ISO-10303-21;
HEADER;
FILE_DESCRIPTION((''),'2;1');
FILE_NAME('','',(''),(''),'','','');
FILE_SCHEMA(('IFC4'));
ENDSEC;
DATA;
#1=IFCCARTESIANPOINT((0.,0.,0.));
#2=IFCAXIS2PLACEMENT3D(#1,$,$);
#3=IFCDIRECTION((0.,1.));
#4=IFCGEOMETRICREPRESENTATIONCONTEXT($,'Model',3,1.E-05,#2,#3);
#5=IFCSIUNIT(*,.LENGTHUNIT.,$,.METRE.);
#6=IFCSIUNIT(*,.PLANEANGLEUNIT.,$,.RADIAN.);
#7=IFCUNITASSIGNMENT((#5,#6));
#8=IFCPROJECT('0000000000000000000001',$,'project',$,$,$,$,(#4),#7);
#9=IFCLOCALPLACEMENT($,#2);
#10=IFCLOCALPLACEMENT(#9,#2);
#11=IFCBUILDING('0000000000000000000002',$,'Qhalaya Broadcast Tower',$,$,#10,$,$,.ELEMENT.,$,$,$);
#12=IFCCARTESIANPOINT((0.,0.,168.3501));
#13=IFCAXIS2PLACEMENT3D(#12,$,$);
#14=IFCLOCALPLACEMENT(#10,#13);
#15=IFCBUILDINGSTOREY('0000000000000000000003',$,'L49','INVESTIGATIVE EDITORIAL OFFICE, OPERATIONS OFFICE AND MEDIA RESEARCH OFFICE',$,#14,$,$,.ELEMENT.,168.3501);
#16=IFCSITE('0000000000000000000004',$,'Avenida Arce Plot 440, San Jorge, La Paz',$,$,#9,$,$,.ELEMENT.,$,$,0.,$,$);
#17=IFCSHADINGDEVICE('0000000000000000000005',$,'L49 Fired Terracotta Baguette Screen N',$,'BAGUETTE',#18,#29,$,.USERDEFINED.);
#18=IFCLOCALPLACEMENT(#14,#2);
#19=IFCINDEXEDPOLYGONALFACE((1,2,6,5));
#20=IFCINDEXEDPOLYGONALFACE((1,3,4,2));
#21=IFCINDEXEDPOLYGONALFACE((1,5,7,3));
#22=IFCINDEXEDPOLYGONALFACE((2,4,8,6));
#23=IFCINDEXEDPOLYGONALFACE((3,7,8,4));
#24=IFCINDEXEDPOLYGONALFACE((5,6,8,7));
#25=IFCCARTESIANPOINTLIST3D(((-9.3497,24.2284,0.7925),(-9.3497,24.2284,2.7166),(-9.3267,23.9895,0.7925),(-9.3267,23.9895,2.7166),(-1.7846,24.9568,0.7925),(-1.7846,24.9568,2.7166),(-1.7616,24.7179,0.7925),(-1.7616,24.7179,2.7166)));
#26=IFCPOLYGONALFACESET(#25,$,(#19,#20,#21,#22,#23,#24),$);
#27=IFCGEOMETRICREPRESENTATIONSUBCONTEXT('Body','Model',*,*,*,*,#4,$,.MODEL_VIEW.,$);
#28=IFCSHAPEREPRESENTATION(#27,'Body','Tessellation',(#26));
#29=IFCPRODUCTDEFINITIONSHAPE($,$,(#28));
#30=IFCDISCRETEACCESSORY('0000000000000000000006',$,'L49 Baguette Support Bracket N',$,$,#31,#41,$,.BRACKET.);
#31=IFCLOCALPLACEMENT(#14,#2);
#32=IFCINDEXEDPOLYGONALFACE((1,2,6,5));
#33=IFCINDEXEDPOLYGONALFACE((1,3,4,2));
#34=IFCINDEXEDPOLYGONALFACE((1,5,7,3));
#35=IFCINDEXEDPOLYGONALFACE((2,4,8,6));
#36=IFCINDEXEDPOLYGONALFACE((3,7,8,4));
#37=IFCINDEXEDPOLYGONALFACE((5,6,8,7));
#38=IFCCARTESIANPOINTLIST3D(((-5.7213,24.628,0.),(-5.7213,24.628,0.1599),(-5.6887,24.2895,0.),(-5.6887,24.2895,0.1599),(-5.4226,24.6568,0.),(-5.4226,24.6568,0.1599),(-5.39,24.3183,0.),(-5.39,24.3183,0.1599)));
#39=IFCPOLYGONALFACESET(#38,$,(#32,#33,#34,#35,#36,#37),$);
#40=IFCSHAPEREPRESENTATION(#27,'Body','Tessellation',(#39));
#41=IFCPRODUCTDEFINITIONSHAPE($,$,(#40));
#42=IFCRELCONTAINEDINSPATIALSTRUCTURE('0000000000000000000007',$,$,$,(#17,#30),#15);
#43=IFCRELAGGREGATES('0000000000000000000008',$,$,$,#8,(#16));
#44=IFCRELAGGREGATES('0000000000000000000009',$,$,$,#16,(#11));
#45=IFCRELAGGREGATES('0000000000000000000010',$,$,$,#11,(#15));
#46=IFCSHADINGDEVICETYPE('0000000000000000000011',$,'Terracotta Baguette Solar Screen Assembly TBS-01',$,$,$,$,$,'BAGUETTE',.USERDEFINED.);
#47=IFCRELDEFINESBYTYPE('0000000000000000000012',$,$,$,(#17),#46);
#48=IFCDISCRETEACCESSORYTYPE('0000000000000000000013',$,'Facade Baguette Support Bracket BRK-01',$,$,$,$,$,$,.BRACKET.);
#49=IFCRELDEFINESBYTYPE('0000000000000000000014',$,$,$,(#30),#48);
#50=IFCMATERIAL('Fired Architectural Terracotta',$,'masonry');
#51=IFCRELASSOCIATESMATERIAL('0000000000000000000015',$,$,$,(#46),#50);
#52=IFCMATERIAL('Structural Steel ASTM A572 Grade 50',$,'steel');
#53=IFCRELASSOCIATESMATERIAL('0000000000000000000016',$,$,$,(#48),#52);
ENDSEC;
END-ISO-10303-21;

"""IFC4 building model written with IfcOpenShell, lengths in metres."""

from ifc_helpers import new_model, si_unit, direction, frame, origin, origin_2d, place, context, subcontext, project, spatial, rectangle, extrude, material, type_object, element, save


model = new_model("IFC4")

# Units and contexts
model_context = context("Model", 3, precision=1e-05, world=origin(), true_north=direction((0.0, 1.0)))
body_context = subcontext(model_context, "Body", "Model", "MODEL_VIEW")
ifc_project = project(units=[si_unit("LENGTHUNIT", "METRE"), si_unit("PLANEANGLEUNIT", "RADIAN")], contexts=[model_context])

# Site, building, storey
site_placement = place(None, origin())
site = spatial("IfcSite", under=ifc_project, at=site_placement, Name="Avenida Arce Plot 440, San Jorge, La Paz", CompositionType="ELEMENT", RefElevation=0.0)
building_placement = place(site_placement, origin())
building = spatial("IfcBuilding", under=site, at=building_placement, Name="Qhalaya Broadcast Tower", CompositionType="ELEMENT")
storey_placement = place(building_placement, frame((0.0, 0.0, 168.3501)))
storey = spatial("IfcBuildingStorey", under=building, at=storey_placement, Name="L49", Description="INVESTIGATIVE EDITORIAL OFFICE, OPERATIONS OFFICE AND MEDIA RESEARCH OFFICE", CompositionType="ELEMENT", Elevation=168.3501)

# Shared definitions
ifc_material_1 = material(Name="Structural Steel ASTM A572 Grade 50", Category="steel")

# Shared definitions
ifc_material_2 = material(Name="Fired Architectural Terracotta", Category="masonry")

# Shading device
shading_device_type = type_object("IfcShadingDeviceType", Name="Terracotta Baguette Solar Screen Assembly TBS-01", ElementType="BAGUETTE", PredefinedType="USERDEFINED", material=ifc_material_2)
shading_device_placement = place(storey_placement, frame((-5.5557, 24.4731, 0.7925), z_axis=(0.0, 0.0, 1.0), x_axis=(-0.995396, -0.095846, 0.0)))
element("IfcShadingDevice", 1, at=shading_device_placement, inside=storey, type_object=shading_device_type, Name="L49 Fired Terracotta Baguette Screen N", ObjectType="BAGUETTE", PredefinedType="USERDEFINED", context=body_context, shape_type="SweptSolid", body=[
    extrude(rectangle(XDim=7.6001, YDim=0.24, at=origin_2d()), origin(), (0.0, 0.0, 1.0), 1.9241),
])

# Discrete accessory
discrete_accessory_type = type_object("IfcDiscreteAccessoryType", Name="Facade Baguette Support Bracket BRK-01", PredefinedType="BRACKET", material=ifc_material_1)
discrete_accessory_placement = place(storey_placement, frame((-5.5557, 24.4731, 0.0), z_axis=(0.0, 0.0, 1.0), x_axis=(-0.995396, -0.095846, 0.0)))
element("IfcDiscreteAccessory", 2, at=discrete_accessory_placement, inside=storey, type_object=discrete_accessory_type, Name="L49 Baguette Support Bracket N", PredefinedType="BRACKET", context=body_context, shape_type="SweptSolid", body=[
    extrude(rectangle(XDim=0.3, YDim=0.3401, at=origin_2d()), origin(), (0.0, 0.0, 1.0), 0.1599),
])

save(model, "model.ifc")
